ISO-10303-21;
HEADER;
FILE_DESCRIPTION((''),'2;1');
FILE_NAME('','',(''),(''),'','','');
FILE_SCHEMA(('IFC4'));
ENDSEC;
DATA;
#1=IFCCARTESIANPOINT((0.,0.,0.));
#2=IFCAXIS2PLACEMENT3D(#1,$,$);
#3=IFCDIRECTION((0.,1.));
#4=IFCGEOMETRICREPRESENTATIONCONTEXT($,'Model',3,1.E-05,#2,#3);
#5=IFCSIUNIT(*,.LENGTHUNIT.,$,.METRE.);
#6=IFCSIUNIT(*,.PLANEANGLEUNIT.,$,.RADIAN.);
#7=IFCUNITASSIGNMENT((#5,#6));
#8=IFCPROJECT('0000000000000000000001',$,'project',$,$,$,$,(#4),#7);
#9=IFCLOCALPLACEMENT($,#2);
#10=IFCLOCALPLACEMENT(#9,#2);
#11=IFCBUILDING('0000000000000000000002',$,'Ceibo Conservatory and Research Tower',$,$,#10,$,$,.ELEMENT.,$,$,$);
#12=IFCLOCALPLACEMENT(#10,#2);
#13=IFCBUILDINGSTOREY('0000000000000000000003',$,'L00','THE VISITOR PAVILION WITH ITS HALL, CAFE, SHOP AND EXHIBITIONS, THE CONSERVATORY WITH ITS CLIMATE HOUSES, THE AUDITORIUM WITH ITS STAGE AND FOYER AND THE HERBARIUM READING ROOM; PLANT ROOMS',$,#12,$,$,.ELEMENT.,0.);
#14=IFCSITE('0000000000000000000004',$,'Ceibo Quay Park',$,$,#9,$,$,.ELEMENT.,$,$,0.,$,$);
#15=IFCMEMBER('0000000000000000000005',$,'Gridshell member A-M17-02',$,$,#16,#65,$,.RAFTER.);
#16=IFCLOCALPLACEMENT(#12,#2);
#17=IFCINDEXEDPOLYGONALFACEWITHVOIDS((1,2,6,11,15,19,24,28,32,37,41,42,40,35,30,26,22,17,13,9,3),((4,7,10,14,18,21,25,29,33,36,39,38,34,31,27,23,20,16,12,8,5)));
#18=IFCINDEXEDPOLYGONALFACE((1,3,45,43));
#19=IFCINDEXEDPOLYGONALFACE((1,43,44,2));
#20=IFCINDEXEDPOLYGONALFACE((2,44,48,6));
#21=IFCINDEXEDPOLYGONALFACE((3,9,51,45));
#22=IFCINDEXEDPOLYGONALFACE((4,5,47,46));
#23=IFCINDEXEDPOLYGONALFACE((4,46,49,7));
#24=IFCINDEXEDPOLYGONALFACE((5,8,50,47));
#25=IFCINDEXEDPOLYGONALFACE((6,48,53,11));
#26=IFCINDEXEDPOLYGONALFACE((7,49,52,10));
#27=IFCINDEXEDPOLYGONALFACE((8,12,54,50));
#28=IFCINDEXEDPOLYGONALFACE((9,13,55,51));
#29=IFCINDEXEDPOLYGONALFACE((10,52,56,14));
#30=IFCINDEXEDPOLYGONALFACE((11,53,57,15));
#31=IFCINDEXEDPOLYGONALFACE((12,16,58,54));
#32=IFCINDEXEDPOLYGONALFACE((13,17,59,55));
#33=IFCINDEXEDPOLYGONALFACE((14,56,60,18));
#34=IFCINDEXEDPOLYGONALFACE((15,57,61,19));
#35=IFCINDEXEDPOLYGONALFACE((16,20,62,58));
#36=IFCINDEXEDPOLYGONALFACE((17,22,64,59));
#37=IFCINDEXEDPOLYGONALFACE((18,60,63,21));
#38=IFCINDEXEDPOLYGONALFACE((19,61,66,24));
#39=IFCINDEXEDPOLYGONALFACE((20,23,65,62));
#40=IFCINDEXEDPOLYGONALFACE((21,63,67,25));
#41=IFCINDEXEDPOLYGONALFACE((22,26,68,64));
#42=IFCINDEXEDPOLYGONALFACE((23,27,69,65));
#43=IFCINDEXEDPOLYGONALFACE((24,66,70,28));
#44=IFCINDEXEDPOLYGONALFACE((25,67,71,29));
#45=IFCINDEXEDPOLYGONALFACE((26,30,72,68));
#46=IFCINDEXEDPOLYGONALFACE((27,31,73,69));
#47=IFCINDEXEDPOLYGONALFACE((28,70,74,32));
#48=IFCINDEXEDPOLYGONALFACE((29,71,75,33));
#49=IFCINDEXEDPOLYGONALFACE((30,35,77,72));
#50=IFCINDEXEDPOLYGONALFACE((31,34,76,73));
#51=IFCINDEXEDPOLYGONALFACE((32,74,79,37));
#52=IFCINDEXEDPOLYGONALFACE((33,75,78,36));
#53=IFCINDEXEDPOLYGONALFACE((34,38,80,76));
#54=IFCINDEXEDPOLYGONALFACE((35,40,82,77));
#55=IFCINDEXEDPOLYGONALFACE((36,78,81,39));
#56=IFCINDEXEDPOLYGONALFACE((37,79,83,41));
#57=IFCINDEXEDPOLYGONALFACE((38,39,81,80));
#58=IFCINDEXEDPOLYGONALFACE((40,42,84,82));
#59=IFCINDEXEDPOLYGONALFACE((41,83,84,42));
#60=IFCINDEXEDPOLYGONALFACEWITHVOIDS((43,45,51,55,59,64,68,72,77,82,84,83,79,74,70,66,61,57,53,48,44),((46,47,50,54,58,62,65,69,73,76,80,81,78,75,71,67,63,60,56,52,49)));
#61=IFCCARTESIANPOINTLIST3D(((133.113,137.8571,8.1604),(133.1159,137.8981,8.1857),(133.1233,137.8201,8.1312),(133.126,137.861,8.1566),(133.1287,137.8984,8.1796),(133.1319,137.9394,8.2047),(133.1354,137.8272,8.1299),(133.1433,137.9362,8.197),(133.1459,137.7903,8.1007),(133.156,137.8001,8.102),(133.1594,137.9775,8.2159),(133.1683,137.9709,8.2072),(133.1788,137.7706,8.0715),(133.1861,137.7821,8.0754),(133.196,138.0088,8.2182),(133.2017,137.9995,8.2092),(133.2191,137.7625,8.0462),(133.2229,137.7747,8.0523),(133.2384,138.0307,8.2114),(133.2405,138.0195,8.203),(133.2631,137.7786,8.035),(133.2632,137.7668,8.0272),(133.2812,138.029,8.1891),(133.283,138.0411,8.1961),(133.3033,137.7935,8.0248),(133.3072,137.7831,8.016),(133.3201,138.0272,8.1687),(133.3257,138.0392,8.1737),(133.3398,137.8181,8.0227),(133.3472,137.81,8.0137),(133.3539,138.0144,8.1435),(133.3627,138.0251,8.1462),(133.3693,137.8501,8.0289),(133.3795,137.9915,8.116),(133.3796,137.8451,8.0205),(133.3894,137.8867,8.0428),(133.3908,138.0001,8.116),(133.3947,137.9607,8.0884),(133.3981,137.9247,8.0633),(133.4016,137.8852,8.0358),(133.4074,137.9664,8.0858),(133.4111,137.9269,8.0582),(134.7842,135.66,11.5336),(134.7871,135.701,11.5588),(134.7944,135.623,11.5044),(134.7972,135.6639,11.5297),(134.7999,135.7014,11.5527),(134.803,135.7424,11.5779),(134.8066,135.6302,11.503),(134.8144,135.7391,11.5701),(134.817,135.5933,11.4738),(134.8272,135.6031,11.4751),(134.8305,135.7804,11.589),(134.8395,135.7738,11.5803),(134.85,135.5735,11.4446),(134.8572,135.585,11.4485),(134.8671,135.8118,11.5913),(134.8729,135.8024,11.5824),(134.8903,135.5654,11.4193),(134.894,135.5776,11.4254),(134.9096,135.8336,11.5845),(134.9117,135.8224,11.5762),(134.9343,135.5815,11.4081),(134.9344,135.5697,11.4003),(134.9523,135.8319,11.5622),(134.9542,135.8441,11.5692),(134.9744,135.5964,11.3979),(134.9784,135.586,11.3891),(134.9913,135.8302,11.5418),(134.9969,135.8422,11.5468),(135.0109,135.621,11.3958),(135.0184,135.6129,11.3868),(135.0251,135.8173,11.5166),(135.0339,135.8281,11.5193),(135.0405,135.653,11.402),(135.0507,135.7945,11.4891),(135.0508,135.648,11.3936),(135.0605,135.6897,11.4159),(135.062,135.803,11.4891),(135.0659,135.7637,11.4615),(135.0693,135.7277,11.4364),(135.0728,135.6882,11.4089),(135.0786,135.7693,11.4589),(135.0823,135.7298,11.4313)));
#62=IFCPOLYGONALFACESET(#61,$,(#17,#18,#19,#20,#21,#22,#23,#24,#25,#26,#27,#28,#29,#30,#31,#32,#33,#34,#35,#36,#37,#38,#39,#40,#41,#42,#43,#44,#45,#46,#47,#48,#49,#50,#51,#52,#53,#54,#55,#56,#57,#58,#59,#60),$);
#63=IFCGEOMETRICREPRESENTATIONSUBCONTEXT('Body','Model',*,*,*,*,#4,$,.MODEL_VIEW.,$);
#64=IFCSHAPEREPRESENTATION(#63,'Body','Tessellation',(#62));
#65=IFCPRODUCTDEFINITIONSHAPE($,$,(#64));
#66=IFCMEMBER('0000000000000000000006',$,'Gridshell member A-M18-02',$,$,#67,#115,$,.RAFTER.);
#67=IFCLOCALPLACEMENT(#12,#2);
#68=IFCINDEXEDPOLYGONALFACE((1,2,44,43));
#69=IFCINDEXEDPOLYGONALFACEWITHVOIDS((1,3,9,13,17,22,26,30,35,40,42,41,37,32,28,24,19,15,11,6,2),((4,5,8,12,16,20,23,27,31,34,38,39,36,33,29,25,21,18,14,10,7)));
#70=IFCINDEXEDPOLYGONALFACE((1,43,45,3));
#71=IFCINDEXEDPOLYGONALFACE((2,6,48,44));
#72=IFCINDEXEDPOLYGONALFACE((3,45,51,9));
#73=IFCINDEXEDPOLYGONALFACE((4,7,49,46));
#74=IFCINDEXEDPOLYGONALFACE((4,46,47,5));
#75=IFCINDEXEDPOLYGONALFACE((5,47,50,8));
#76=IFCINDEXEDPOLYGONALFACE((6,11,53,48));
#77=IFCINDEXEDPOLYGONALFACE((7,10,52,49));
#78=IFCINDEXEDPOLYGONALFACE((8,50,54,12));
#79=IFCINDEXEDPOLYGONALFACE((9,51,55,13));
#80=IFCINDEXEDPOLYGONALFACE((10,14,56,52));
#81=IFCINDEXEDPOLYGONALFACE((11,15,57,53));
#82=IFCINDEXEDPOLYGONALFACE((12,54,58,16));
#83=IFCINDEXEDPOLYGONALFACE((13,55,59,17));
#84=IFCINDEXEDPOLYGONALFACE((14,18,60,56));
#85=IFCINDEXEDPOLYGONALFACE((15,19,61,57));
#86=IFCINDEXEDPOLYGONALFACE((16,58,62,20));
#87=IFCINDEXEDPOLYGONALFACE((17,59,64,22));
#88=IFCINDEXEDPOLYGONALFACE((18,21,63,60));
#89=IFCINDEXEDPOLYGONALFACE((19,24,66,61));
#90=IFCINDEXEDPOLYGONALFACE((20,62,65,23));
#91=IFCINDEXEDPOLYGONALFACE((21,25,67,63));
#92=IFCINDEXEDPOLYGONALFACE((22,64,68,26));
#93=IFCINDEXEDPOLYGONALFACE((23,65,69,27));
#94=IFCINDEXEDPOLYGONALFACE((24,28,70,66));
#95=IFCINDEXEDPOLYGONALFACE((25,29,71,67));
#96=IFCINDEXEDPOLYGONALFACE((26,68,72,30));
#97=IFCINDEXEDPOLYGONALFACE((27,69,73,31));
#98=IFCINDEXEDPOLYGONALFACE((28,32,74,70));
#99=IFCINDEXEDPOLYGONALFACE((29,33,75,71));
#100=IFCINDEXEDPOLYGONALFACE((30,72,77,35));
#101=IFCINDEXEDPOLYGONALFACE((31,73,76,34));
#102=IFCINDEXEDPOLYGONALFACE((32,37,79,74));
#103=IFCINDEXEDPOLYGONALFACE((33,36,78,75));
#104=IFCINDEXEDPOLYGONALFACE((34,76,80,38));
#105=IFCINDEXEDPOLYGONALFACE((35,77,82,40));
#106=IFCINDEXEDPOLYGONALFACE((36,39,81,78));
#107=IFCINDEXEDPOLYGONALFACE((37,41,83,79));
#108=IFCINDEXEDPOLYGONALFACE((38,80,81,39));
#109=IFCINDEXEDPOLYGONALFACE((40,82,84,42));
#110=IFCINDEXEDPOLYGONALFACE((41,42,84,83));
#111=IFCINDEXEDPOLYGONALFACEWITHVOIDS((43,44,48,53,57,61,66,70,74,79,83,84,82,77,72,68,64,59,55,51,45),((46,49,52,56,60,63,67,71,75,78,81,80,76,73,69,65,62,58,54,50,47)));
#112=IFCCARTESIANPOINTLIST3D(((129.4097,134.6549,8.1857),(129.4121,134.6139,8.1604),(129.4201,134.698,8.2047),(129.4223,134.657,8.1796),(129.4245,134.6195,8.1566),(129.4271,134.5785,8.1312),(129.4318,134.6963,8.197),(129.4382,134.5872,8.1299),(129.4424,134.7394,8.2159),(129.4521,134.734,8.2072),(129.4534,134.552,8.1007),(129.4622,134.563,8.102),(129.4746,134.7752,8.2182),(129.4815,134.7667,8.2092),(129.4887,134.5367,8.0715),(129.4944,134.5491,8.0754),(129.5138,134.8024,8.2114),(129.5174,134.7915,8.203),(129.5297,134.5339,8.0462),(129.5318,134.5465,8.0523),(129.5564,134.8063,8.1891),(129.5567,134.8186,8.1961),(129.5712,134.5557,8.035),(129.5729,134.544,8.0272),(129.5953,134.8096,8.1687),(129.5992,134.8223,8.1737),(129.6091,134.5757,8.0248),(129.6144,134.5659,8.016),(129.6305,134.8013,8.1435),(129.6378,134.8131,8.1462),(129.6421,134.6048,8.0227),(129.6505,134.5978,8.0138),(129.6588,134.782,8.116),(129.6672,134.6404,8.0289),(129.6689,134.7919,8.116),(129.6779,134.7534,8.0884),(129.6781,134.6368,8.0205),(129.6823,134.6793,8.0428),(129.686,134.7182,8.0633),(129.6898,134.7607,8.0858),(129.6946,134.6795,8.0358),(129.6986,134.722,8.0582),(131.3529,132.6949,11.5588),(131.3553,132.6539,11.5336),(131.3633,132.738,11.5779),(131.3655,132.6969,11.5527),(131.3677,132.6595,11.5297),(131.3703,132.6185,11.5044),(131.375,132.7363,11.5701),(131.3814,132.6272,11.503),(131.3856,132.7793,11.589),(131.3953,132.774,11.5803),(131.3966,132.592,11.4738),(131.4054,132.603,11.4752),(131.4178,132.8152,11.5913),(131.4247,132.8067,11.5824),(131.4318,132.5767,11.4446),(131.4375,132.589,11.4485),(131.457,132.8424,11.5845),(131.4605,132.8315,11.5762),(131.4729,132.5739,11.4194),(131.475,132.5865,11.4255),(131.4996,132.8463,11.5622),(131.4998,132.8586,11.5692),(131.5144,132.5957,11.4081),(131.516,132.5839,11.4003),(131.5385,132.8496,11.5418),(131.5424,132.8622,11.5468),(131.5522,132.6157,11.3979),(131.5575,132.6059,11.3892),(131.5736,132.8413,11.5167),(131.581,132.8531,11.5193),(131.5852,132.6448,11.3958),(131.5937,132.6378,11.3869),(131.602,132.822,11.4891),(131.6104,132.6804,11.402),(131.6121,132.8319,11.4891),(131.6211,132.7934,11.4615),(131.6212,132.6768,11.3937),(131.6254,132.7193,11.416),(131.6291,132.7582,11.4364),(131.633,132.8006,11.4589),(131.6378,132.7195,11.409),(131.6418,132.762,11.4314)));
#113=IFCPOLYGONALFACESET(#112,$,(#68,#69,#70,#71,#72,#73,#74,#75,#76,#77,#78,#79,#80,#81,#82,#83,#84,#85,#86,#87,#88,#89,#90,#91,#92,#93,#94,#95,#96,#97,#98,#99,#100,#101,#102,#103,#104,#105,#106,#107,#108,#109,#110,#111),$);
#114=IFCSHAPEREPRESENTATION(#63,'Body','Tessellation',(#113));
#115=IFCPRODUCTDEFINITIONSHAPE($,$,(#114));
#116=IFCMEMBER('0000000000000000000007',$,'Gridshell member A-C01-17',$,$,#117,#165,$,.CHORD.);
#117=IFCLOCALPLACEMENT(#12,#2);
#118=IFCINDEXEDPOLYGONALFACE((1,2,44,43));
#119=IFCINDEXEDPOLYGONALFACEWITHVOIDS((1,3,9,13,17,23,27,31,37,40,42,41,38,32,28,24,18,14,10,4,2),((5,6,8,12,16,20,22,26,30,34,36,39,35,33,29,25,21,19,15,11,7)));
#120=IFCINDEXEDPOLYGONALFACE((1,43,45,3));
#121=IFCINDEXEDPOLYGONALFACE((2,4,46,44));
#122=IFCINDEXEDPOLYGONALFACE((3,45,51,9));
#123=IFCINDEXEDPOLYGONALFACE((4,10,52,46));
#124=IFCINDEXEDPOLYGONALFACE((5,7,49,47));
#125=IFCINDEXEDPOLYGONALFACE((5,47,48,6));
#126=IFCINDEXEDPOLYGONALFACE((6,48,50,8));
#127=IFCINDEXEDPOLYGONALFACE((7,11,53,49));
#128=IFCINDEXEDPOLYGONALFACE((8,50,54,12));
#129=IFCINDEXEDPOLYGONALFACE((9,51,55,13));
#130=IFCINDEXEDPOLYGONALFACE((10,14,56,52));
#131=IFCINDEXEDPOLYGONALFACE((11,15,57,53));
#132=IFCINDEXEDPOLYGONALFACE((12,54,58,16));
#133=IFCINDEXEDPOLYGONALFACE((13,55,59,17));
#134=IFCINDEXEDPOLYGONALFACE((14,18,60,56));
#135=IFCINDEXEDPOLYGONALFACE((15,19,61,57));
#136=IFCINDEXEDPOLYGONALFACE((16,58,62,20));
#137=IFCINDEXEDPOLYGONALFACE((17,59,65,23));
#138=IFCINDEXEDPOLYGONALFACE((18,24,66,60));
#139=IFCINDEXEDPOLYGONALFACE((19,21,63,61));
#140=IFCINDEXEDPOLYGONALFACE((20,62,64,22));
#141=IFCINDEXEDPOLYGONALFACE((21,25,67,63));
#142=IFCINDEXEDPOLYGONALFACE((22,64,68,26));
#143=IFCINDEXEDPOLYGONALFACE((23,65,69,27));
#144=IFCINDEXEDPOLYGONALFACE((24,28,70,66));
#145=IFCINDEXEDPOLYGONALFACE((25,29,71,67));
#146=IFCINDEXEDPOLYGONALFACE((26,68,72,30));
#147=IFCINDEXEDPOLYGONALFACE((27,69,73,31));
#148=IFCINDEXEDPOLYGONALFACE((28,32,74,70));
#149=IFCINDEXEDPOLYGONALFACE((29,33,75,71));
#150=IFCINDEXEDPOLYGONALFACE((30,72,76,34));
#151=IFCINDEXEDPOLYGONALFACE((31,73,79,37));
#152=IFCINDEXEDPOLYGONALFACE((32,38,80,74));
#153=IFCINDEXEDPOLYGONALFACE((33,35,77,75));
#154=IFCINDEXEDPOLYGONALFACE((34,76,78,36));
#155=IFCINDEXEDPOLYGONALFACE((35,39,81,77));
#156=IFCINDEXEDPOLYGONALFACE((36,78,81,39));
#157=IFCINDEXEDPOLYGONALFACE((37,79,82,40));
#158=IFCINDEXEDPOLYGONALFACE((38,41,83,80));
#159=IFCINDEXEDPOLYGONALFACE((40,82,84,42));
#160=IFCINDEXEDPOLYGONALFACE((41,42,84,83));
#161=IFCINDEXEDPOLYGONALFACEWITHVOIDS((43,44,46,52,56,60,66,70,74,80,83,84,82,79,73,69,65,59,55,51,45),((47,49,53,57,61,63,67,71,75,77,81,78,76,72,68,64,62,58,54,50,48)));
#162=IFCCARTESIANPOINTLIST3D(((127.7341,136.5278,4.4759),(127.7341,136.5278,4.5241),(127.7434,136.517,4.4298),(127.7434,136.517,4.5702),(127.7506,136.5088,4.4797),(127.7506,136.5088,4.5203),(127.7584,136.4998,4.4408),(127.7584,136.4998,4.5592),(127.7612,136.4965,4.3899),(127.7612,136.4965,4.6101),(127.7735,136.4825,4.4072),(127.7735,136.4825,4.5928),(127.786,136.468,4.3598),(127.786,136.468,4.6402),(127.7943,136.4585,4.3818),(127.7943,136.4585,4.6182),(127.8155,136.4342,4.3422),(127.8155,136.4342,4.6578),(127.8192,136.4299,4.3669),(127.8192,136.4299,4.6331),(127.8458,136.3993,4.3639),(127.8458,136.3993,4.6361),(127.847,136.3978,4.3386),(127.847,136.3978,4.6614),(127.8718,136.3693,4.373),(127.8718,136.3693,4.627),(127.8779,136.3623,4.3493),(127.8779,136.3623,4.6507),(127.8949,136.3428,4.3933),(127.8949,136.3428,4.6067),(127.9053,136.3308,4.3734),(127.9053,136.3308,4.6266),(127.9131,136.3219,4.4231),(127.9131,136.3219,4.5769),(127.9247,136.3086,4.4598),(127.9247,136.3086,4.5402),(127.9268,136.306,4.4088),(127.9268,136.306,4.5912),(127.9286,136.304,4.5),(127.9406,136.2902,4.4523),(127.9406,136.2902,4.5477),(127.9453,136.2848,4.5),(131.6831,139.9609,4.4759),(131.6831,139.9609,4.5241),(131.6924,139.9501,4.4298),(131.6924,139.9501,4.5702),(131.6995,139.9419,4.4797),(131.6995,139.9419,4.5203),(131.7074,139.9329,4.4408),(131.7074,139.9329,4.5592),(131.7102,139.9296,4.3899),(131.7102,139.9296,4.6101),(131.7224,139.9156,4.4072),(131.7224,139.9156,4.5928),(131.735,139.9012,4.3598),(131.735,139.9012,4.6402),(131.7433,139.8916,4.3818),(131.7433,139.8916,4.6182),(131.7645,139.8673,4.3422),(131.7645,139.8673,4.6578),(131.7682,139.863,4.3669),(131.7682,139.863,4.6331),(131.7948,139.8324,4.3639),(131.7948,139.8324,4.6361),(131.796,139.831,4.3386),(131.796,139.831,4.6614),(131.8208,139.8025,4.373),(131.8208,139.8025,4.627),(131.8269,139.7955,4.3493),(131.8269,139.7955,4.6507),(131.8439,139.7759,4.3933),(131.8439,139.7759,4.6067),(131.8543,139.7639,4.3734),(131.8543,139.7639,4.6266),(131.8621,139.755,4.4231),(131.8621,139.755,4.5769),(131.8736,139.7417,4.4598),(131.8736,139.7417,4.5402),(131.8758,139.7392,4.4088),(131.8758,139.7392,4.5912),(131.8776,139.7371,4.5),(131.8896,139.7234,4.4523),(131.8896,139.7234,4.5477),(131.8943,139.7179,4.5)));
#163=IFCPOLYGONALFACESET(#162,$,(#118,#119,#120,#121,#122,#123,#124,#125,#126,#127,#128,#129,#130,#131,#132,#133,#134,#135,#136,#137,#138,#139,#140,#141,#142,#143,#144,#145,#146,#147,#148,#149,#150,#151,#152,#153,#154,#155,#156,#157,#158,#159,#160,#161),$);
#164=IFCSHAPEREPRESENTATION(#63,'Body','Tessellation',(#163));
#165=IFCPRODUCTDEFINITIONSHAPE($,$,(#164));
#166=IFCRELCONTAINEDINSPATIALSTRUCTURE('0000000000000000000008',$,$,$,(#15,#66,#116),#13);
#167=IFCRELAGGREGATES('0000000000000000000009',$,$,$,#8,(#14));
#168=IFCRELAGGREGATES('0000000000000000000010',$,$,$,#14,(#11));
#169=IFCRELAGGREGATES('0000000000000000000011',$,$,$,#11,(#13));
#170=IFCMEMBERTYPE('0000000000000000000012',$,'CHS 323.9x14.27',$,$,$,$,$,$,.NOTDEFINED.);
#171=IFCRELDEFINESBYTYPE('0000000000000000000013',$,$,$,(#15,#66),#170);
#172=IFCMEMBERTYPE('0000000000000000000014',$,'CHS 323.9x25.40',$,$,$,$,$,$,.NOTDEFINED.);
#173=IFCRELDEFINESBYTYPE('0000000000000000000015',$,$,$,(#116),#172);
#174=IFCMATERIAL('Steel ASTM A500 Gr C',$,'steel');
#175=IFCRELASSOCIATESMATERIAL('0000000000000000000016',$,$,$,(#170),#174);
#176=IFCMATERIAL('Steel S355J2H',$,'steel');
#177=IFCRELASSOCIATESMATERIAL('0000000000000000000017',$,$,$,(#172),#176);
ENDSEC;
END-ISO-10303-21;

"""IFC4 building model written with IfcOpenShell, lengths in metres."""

from ifc_helpers import new_model, si_unit, direction, frame, origin, origin_2d, place, context, subcontext, project, spatial, hollow_circle, extrude, material, material_profile, profile_set, type_object, element, save


model = new_model("IFC4")

# Units and contexts
model_context = context("Model", 3, precision=1e-05, world=origin(), true_north=direction((0.0, 1.0)))
body_context = subcontext(model_context, "Body", "Model", "MODEL_VIEW")
ifc_project = project(units=[si_unit("LENGTHUNIT", "METRE"), si_unit("PLANEANGLEUNIT", "RADIAN")], contexts=[model_context])

# Site, building, storey
site_placement = place(None, origin())
site = spatial("IfcSite", under=ifc_project, at=site_placement, Name="Ceibo Quay Park", CompositionType="ELEMENT", RefElevation=0.0)
building_placement = place(site_placement, origin())
building = spatial("IfcBuilding", under=site, at=building_placement, Name="Ceibo Conservatory and Research Tower", CompositionType="ELEMENT")
storey_placement = place(building_placement, origin())
storey = spatial("IfcBuildingStorey", under=building, at=storey_placement, Name="L00", Description="THE VISITOR PAVILION WITH ITS HALL, CAFE, SHOP AND EXHIBITIONS, THE CONSERVATORY WITH ITS CLIMATE HOUSES, THE AUDITORIUM WITH ITS STAGE AND FOYER AND THE HERBARIUM READING ROOM; PLANT ROOMS", CompositionType="ELEMENT", Elevation=0.0)

# Members
ifc_material_1 = material(Name="Steel ASTM A500 Gr C", Category="steel")
ifc_material_profile_1 = material_profile(ifc_material_1, hollow_circle(Radius=0.1619, WallThickness=0.0142, at=origin_2d()), Name="CHS 323.9x14.27")
ifc_profile_set_1 = profile_set([ifc_material_profile_1], Name="Steel ASTM A500 Gr C")
member_type_1 = type_object("IfcMemberType", Name="CHS 323.9x14.27", PredefinedType="NOTDEFINED", material=ifc_profile_set_1)
member_1_placement = place(storey_placement, frame((133.262, 137.9021, 8.116), z_axis=(0.383416, -0.50407, 0.77389), x_axis=(0.795917, 0.605406, 0.0)))
element("IfcMember", 1, at=member_1_placement, inside=storey, type_object=member_type_1, Name="Gridshell member A-M17-02", PredefinedType="RAFTER", context=body_context, shape_type="SweptSolid", body=[
    extrude(hollow_circle(Radius=0.1619, WallThickness=0.0142, at=origin_2d()), origin(), (0.0, 0.0, 1.0), 4.3586),
])
member_2_placement = place(storey_placement, frame((129.554, 134.678, 8.116), z_axis=(0.445845, -0.44971, 0.77394), x_axis=(0.710152, 0.704048, 0.0)))
element("IfcMember", 2, at=member_2_placement, inside=storey, type_object=member_type_1, Name="Gridshell member A-M18-02", PredefinedType="RAFTER", context=body_context, shape_type="SweptSolid", body=[
    extrude(hollow_circle(Radius=0.1619, WallThickness=0.0142, at=origin_2d()), origin(), (0.0, 0.0, 1.0), 4.3584),
])
ifc_material_2 = material(Name="Steel S355J2H", Category="steel")
ifc_material_profile_2 = material_profile(ifc_material_2, hollow_circle(Radius=0.1619, WallThickness=0.0254, at=origin_2d()), Name="CHS 323.9x25.40")
ifc_profile_set_2 = profile_set([ifc_material_profile_2], Name="Steel S355J2H")
member_type_2 = type_object("IfcMemberType", Name="CHS 323.9x25.40", PredefinedType="NOTDEFINED", material=ifc_profile_set_2)
member_3_placement = place(storey_placement, frame((131.7881, 139.8401, 4.5), z_axis=(-0.75468, -0.656093, 0.0), x_axis=(0.656093, -0.75468, 0.0)))
element("IfcMember", 3, at=member_3_placement, inside=storey, type_object=member_type_2, Name="Gridshell member A-C01-17", PredefinedType="CHORD", context=body_context, shape_type="SweptSolid", body=[
    extrude(hollow_circle(Radius=0.1619, WallThickness=0.0254, at=origin_2d()), origin(), (0.0, 0.0, 1.0), 5.2327),
])

save(model, "model.ifc")
